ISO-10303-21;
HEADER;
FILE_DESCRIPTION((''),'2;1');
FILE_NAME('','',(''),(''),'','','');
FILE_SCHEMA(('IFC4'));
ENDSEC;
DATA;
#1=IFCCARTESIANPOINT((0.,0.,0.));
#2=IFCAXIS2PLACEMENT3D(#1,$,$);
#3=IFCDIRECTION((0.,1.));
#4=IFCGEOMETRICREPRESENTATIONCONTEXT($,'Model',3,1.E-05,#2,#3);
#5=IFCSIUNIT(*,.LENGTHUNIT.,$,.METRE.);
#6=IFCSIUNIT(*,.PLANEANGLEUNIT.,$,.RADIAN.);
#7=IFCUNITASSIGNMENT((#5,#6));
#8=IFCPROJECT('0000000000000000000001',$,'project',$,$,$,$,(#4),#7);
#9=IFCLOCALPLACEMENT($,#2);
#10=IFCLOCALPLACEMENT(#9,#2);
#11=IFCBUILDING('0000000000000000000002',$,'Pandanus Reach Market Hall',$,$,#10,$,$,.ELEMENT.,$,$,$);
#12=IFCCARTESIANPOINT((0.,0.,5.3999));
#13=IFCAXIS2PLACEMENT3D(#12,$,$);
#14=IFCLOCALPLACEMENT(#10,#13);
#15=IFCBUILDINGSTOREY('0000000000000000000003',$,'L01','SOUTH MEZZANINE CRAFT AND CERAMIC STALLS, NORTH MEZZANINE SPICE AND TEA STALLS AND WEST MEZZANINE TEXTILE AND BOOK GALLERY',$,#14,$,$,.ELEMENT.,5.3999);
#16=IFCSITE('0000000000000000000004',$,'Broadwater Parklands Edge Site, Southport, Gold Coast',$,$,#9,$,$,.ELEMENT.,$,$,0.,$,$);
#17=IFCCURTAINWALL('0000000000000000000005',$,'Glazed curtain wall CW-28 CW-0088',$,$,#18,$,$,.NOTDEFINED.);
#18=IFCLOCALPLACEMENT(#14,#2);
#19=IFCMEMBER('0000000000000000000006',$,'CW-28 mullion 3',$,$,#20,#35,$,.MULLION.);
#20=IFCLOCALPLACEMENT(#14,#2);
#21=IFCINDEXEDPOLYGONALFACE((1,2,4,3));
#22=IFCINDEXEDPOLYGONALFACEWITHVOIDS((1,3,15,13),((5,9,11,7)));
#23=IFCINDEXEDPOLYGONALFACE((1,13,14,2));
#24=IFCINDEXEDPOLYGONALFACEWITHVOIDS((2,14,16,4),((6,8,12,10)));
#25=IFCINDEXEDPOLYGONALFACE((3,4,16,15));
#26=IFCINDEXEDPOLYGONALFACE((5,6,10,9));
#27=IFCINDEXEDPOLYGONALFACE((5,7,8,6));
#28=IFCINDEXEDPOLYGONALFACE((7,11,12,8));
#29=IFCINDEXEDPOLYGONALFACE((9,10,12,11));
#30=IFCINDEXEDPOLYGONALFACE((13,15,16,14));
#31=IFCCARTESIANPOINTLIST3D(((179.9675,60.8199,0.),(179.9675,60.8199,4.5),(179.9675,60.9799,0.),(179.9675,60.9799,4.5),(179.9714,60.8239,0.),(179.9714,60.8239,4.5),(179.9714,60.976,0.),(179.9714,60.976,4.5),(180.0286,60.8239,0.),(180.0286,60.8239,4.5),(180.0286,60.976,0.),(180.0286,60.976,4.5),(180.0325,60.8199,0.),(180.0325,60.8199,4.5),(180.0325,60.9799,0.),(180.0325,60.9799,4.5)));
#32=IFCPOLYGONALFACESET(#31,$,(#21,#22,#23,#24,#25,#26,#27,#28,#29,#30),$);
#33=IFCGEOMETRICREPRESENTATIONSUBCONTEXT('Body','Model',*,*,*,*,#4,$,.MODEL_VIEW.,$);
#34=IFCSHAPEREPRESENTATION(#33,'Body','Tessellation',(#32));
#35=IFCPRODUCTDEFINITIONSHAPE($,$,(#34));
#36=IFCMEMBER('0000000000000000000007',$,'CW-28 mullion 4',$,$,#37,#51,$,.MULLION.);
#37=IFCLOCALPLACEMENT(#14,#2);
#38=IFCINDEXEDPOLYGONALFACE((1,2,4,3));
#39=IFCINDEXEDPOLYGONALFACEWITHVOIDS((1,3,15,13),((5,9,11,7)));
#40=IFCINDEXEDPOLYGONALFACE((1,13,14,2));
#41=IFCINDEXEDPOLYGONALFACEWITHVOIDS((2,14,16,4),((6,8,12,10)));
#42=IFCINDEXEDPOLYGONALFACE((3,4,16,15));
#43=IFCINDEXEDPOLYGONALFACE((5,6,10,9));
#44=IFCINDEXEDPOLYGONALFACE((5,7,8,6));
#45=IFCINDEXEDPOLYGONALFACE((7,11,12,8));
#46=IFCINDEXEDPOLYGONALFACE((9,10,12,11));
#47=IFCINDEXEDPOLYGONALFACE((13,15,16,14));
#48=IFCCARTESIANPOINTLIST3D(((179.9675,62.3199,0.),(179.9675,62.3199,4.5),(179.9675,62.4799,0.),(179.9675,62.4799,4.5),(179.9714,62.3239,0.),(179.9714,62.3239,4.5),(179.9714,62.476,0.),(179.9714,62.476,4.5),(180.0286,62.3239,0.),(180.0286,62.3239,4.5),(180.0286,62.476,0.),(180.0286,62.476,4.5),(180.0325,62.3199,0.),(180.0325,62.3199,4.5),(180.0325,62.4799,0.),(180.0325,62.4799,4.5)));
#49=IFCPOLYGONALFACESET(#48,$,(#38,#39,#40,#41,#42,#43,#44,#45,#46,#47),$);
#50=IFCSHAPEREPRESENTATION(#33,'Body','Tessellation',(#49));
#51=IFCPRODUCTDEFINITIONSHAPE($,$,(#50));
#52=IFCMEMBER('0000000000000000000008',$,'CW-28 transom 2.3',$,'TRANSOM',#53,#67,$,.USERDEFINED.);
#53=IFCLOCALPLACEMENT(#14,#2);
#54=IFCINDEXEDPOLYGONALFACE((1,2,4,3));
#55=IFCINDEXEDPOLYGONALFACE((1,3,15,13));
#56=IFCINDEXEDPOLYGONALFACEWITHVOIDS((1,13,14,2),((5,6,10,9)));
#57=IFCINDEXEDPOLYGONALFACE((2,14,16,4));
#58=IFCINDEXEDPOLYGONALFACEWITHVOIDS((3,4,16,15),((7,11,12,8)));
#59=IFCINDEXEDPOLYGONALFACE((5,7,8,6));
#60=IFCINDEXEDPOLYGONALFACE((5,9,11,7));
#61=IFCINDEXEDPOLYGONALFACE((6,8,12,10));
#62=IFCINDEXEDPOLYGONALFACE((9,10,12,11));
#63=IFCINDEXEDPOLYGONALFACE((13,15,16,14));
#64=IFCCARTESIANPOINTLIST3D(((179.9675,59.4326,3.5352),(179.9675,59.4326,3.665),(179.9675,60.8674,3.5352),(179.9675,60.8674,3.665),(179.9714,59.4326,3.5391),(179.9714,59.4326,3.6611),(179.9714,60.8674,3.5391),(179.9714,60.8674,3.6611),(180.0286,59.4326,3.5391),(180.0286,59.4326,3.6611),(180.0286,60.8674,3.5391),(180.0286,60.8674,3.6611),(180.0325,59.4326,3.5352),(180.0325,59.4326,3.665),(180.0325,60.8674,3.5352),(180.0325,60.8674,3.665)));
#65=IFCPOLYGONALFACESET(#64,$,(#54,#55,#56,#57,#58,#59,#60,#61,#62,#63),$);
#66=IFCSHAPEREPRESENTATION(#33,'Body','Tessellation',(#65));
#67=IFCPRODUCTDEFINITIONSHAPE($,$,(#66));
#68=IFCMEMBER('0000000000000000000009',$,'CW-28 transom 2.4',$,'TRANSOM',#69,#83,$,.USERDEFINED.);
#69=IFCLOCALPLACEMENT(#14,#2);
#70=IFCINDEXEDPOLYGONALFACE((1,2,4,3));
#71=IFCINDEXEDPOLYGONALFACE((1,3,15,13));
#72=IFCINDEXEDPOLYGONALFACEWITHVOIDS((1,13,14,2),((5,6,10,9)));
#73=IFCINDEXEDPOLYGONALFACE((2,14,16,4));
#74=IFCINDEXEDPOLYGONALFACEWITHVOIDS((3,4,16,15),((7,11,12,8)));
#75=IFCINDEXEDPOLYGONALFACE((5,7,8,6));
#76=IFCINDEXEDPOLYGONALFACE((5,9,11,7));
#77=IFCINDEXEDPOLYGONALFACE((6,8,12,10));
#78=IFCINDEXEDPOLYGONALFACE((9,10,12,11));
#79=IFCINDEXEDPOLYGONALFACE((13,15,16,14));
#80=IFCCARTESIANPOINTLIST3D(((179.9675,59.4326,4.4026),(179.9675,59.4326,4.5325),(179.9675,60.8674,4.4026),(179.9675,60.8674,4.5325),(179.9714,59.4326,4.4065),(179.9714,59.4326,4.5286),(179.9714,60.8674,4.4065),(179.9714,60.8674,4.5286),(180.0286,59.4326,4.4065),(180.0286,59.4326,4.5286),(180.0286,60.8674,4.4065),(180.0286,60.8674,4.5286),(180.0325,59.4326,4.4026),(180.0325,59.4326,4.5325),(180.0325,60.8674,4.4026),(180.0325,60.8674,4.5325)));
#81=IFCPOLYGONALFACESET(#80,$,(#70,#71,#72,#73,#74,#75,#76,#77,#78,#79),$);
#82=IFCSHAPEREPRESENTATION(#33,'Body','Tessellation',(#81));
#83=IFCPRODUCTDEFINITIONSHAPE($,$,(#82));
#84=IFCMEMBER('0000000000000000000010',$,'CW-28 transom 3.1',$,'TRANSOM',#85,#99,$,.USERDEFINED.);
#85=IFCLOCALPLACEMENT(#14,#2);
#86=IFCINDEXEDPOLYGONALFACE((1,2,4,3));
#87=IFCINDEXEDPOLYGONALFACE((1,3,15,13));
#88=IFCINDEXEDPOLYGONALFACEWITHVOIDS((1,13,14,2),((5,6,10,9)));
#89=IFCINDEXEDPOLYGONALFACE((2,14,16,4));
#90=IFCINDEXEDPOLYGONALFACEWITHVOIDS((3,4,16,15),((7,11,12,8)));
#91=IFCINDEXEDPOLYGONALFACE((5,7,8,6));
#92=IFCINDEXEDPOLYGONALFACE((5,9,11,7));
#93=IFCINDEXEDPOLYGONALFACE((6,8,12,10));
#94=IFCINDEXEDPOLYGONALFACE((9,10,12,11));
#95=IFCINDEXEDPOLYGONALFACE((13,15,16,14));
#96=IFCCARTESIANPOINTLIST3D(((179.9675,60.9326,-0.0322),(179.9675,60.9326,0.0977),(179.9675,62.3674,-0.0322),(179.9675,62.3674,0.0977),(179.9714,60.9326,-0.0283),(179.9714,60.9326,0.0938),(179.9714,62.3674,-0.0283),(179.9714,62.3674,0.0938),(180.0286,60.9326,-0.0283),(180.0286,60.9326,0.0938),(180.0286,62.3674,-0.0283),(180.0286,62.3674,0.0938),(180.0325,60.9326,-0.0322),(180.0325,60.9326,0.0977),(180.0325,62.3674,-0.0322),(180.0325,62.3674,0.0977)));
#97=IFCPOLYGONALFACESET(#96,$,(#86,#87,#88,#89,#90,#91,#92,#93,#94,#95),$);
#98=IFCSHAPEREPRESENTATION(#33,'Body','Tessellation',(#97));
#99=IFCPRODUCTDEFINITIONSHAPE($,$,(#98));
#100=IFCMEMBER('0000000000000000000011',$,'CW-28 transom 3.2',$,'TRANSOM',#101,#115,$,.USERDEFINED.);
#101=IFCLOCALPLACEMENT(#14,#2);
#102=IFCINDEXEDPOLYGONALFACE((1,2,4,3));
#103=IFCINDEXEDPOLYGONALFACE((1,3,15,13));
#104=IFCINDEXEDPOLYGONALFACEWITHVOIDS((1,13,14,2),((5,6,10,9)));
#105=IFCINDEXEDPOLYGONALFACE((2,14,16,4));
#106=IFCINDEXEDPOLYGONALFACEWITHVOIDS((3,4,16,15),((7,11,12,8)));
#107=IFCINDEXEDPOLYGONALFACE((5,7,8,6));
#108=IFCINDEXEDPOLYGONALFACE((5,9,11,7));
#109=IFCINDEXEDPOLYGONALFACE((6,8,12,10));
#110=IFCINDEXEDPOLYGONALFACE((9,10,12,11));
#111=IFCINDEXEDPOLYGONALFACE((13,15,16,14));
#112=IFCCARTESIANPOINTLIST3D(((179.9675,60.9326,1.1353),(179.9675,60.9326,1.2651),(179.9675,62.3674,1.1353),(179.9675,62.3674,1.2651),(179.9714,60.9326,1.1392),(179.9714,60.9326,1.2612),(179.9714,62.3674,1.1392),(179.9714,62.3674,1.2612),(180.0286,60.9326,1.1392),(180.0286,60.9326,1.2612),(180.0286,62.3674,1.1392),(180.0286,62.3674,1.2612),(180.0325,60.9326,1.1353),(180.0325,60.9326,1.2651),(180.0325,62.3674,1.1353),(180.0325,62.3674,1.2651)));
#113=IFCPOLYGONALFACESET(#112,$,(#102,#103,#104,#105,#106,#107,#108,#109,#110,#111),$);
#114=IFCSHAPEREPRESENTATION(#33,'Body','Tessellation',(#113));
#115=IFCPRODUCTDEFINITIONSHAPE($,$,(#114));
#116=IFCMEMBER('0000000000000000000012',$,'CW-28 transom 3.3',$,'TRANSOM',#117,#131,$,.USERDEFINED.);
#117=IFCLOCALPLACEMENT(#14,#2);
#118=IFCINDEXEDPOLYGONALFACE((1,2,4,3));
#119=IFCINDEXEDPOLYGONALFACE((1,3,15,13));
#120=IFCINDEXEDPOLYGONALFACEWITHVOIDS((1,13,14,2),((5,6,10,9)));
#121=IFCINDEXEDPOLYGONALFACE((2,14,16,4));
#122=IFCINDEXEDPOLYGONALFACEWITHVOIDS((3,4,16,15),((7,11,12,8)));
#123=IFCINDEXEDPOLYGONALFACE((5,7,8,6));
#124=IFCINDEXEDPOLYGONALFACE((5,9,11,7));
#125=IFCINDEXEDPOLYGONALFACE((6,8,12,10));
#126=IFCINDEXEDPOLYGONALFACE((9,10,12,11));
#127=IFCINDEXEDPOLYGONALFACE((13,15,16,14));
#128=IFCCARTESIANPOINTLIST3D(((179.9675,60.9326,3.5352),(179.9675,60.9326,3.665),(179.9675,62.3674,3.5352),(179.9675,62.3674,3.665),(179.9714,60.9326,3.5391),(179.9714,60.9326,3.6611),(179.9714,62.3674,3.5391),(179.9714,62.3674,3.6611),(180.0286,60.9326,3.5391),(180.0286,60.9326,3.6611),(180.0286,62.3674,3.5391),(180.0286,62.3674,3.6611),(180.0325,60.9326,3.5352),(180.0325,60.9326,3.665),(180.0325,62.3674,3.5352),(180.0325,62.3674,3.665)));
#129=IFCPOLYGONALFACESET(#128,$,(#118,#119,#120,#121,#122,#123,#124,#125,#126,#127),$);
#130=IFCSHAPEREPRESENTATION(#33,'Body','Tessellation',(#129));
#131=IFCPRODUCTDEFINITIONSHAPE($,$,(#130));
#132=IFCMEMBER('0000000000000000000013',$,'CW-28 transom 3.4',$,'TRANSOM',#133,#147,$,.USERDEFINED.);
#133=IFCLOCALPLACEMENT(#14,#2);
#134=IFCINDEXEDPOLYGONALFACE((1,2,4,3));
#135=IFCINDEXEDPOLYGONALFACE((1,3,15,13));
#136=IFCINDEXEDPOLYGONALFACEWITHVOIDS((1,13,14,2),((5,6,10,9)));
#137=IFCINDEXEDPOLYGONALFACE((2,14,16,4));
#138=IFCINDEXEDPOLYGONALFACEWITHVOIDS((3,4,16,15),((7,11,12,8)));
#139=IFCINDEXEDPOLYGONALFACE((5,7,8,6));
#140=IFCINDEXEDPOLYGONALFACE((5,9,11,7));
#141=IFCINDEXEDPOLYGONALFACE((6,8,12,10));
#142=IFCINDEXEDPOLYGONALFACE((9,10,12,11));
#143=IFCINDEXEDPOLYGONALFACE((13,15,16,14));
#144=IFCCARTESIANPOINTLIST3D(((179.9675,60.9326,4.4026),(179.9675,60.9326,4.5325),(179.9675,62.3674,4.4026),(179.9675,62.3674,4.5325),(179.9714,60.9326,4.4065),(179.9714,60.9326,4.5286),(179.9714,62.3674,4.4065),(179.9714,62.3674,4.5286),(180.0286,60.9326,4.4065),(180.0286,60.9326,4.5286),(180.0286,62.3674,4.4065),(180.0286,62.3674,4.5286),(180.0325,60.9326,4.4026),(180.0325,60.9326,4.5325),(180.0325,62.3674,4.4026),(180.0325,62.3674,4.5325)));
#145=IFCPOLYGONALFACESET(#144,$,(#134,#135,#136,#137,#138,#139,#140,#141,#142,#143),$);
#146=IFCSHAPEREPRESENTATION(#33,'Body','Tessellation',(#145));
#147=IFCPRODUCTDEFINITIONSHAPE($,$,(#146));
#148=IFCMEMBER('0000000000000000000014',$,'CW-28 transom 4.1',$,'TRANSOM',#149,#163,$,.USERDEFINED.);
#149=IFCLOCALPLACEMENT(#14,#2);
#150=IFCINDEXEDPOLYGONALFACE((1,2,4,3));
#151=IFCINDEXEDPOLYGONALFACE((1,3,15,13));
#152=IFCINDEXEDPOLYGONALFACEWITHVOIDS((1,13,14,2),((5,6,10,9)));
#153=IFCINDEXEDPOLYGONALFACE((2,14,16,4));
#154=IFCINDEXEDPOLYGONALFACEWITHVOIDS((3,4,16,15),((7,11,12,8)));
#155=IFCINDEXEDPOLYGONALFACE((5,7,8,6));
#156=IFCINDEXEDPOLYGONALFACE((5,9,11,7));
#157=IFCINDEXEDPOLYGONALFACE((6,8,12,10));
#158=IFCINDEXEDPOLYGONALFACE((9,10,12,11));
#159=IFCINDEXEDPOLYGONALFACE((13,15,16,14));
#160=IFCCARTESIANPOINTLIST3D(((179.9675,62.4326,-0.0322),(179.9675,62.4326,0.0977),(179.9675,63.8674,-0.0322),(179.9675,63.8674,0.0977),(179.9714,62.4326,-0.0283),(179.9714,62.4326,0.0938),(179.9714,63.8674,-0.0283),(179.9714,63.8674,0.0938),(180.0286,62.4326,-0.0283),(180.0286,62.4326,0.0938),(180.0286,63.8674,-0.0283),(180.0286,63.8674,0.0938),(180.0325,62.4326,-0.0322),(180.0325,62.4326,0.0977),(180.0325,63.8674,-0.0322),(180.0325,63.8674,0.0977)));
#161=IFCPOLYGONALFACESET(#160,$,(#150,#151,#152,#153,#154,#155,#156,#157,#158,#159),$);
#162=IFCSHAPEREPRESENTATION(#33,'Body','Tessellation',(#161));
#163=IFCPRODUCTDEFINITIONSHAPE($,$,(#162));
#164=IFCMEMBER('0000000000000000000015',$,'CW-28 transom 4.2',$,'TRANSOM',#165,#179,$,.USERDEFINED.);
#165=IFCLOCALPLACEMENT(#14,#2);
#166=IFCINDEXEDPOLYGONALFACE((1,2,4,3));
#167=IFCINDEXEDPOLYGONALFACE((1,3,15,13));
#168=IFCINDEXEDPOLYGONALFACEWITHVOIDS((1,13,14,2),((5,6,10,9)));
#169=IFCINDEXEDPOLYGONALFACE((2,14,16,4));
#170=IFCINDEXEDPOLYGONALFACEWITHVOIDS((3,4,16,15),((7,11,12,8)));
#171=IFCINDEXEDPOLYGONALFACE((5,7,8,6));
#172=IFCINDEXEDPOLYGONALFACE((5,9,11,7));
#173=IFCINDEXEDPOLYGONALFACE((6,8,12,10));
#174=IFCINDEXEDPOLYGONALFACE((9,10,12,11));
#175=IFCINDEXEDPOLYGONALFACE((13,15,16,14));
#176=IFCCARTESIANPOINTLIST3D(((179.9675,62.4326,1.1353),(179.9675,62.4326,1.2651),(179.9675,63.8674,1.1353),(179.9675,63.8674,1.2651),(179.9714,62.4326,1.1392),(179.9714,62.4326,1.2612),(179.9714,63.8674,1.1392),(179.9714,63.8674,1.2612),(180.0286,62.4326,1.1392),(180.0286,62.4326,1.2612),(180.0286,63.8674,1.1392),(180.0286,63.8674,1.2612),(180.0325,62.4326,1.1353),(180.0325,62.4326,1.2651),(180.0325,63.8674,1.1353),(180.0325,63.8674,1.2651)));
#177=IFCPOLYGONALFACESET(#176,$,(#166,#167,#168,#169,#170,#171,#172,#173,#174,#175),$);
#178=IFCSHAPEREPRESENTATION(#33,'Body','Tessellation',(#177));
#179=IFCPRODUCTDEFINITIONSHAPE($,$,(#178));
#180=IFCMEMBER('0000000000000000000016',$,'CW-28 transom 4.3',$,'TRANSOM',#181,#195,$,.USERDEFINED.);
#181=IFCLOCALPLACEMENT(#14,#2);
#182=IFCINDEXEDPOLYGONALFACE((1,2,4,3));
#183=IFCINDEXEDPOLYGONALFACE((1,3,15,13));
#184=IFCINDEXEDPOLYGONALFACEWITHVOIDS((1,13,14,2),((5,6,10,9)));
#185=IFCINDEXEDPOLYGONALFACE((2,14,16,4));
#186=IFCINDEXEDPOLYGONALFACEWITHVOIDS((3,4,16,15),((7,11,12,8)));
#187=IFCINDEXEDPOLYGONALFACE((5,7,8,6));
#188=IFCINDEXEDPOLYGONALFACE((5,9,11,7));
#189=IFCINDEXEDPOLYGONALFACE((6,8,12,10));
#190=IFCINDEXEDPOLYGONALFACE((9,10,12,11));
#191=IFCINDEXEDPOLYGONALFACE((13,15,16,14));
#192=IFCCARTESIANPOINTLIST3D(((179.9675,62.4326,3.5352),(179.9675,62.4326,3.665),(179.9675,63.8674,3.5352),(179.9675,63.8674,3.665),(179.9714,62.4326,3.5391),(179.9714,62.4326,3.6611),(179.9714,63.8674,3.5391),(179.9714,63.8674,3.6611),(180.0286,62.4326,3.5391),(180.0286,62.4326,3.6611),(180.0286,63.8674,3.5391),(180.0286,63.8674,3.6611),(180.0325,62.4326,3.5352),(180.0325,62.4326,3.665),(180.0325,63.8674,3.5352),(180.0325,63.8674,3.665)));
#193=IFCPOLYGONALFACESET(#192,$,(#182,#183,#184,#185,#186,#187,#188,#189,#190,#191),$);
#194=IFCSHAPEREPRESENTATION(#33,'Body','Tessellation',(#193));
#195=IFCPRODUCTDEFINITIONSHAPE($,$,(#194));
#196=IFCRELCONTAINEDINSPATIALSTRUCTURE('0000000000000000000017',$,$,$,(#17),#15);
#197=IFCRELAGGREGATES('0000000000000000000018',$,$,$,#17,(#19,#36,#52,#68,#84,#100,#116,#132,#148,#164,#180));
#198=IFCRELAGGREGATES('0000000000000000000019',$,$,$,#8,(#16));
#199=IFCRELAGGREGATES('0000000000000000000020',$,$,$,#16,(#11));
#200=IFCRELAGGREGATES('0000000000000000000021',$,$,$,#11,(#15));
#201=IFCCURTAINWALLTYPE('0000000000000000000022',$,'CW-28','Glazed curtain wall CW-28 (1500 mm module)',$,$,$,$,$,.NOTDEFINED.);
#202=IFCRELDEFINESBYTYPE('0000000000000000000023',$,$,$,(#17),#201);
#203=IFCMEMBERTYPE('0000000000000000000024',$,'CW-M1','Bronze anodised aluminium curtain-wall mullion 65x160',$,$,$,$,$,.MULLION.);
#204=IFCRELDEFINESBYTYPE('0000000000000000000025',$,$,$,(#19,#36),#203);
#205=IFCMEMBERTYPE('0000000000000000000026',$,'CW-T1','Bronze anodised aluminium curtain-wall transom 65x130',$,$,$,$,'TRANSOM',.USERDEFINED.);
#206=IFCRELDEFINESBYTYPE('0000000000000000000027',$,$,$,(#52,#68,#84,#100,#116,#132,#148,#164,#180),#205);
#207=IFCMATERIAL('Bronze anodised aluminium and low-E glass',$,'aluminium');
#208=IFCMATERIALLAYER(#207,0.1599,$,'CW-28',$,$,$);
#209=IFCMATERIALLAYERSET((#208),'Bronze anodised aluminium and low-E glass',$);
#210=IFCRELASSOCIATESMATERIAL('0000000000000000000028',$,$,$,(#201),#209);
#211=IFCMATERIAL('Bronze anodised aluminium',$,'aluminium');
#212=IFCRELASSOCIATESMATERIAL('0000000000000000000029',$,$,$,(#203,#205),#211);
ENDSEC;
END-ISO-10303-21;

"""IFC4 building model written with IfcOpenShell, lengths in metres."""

from ifc_helpers import new_model, si_unit, direction, frame, origin, origin_2d, place, context, subcontext, project, spatial, hollow_rectangle, extrude, material, layer, layer_set, material_profile, profile_set, type_object, element, aggregate, save


model = new_model("IFC4")

# Units and contexts
model_context = context("Model", 3, precision=1e-05, world=origin(), true_north=direction((0.0, 1.0)))
body_context = subcontext(model_context, "Body", "Model", "MODEL_VIEW")
ifc_project = project(units=[si_unit("LENGTHUNIT", "METRE"), si_unit("PLANEANGLEUNIT", "RADIAN")], contexts=[model_context])

# Site, building, storey
site_placement = place(None, origin())
site = spatial("IfcSite", under=ifc_project, at=site_placement, Name="Broadwater Parklands Edge Site, Southport, Gold Coast", CompositionType="ELEMENT", RefElevation=0.0)
building_placement = place(site_placement, origin())
building = spatial("IfcBuilding", under=site, at=building_placement, Name="Pandanus Reach Market Hall", CompositionType="ELEMENT")
storey_placement = place(building_placement, frame((0.0, 0.0, 5.3999)))
storey = spatial("IfcBuildingStorey", under=building, at=storey_placement, Name="L01", Description="SOUTH MEZZANINE CRAFT AND CERAMIC STALLS, NORTH MEZZANINE SPICE AND TEA STALLS AND WEST MEZZANINE TEXTILE AND BOOK GALLERY", CompositionType="ELEMENT", Elevation=5.3999)

# Curtain wall, members
ifc_material_1 = material(Name="Bronze anodised aluminium and low-E glass", Category="aluminium")
ifc_layer_1 = layer(ifc_material_1, 0.1599, Name="CW-28")
ifc_layer_set_1 = layer_set([ifc_layer_1], Name="Bronze anodised aluminium and low-E glass")
curtain_wall_type = type_object("IfcCurtainWallType", Name="CW-28", Description="Glazed curtain wall CW-28 (1500 mm module)", PredefinedType="NOTDEFINED", material=ifc_layer_set_1)
curtain_wall_placement = place(storey_placement, origin())
curtain_wall = element("IfcCurtainWall", 1, at=curtain_wall_placement, inside=storey, type_object=curtain_wall_type, Name="Glazed curtain wall CW-28 CW-0088", PredefinedType="NOTDEFINED")
ifc_material_2 = material(Name="Bronze anodised aluminium", Category="aluminium")
ifc_material_profile_1 = material_profile(ifc_material_2, hollow_rectangle(XDim=0.0649, YDim=0.1599, WallThickness=0.0039, at=origin_2d()), Name="ALU65x160", Category="LoadBearing")
ifc_profile_set_1 = profile_set([ifc_material_profile_1], Name="Bronze anodised aluminium")
member_type_1 = type_object("IfcMemberType", Name="CW-M1", Description="Bronze anodised aluminium curtain-wall mullion 65x160", PredefinedType="MULLION", material=ifc_profile_set_1)
member_1_placement = place(storey_placement, frame((180.0, 60.8999, 0.0), z_axis=(0.0, 0.0, 1.0), x_axis=(-1.0, 0.0, 0.0)))
member_1 = element("IfcMember", 2, at=member_1_placement, type_object=member_type_1, Name="CW-28 mullion 3", PredefinedType="MULLION", context=body_context, shape_type="SweptSolid", body=[
    extrude(hollow_rectangle(XDim=0.0649, YDim=0.1599, WallThickness=0.0039, at=origin_2d()), origin(), (0.0, 0.0, 1.0), 4.5),
])
member_2_placement = place(storey_placement, frame((180.0, 62.3999, 0.0), z_axis=(0.0, 0.0, 1.0), x_axis=(-1.0, 0.0, 0.0)))
member_2 = element("IfcMember", 3, at=member_2_placement, type_object=member_type_1, Name="CW-28 mullion 4", PredefinedType="MULLION", context=body_context, shape_type="SweptSolid", body=[
    extrude(hollow_rectangle(XDim=0.0649, YDim=0.1599, WallThickness=0.0039, at=origin_2d()), origin(), (0.0, 0.0, 1.0), 4.5),
])
ifc_material_profile_2 = material_profile(ifc_material_2, hollow_rectangle(XDim=0.0649, YDim=0.1299, WallThickness=0.0039, at=origin_2d()), Name="ALU65x130", Category="LoadBearing")
ifc_profile_set_2 = profile_set([ifc_material_profile_2], Name="Bronze anodised aluminium")
member_type_2 = type_object("IfcMemberType", Name="CW-T1", Description="Bronze anodised aluminium curtain-wall transom 65x130", ElementType="TRANSOM", PredefinedType="USERDEFINED", material=ifc_profile_set_2)
member_3_placement = place(storey_placement, frame((180.0, 59.4326, 3.6001), z_axis=(0.0, 1.0, 0.0), x_axis=(-1.0, 0.0, 0.0)))
member_3 = element("IfcMember", 4, at=member_3_placement, type_object=member_type_2, Name="CW-28 transom 2.3", ObjectType="TRANSOM", PredefinedType="USERDEFINED", context=body_context, shape_type="SweptSolid", body=[
    extrude(hollow_rectangle(XDim=0.0649, YDim=0.1299, WallThickness=0.0039, at=origin_2d()), origin(), (0.0, 0.0, 1.0), 1.4348),
])
member_4_placement = place(storey_placement, frame((180.0, 59.4326, 4.4675), z_axis=(0.0, 1.0, 0.0), x_axis=(-1.0, 0.0, 0.0)))
member_4 = element("IfcMember", 5, at=member_4_placement, type_object=member_type_2, Name="CW-28 transom 2.4", ObjectType="TRANSOM", PredefinedType="USERDEFINED", context=body_context, shape_type="SweptSolid", body=[
    extrude(hollow_rectangle(XDim=0.0649, YDim=0.1299, WallThickness=0.0039, at=origin_2d()), origin(), (0.0, 0.0, 1.0), 1.4348),
])
member_5_placement = place(storey_placement, frame((180.0, 60.9326, 0.0327), z_axis=(0.0, 1.0, 0.0), x_axis=(-1.0, 0.0, 0.0)))
member_5 = element("IfcMember", 6, at=member_5_placement, type_object=member_type_2, Name="CW-28 transom 3.1", ObjectType="TRANSOM", PredefinedType="USERDEFINED", context=body_context, shape_type="SweptSolid", body=[
    extrude(hollow_rectangle(XDim=0.0649, YDim=0.1299, WallThickness=0.0039, at=origin_2d()), origin(), (0.0, 0.0, 1.0), 1.4348),
])
member_6_placement = place(storey_placement, frame((180.0, 60.9326, 1.2002), z_axis=(0.0, 1.0, 0.0), x_axis=(-1.0, 0.0, 0.0)))
member_6 = element("IfcMember", 7, at=member_6_placement, type_object=member_type_2, Name="CW-28 transom 3.2", ObjectType="TRANSOM", PredefinedType="USERDEFINED", context=body_context, shape_type="SweptSolid", body=[
    extrude(hollow_rectangle(XDim=0.0649, YDim=0.1299, WallThickness=0.0039, at=origin_2d()), origin(), (0.0, 0.0, 1.0), 1.4348),
])
member_7_placement = place(storey_placement, frame((180.0, 60.9326, 3.6001), z_axis=(0.0, 1.0, 0.0), x_axis=(-1.0, 0.0, 0.0)))
member_7 = element("IfcMember", 8, at=member_7_placement, type_object=member_type_2, Name="CW-28 transom 3.3", ObjectType="TRANSOM", PredefinedType="USERDEFINED", context=body_context, shape_type="SweptSolid", body=[
    extrude(hollow_rectangle(XDim=0.0649, YDim=0.1299, WallThickness=0.0039, at=origin_2d()), origin(), (0.0, 0.0, 1.0), 1.4348),
])
member_8_placement = place(storey_placement, frame((180.0, 60.9326, 4.4675), z_axis=(0.0, 1.0, 0.0), x_axis=(-1.0, 0.0, 0.0)))
member_8 = element("IfcMember", 9, at=member_8_placement, type_object=member_type_2, Name="CW-28 transom 3.4", ObjectType="TRANSOM", PredefinedType="USERDEFINED", context=body_context, shape_type="SweptSolid", body=[
    extrude(hollow_rectangle(XDim=0.0649, YDim=0.1299, WallThickness=0.0039, at=origin_2d()), origin(), (0.0, 0.0, 1.0), 1.4348),
])
member_9_placement = place(storey_placement, frame((180.0, 62.4326, 0.0327), z_axis=(0.0, 1.0, 0.0), x_axis=(-1.0, 0.0, 0.0)))
member_9 = element("IfcMember", 10, at=member_9_placement, type_object=member_type_2, Name="CW-28 transom 4.1", ObjectType="TRANSOM", PredefinedType="USERDEFINED", context=body_context, shape_type="SweptSolid", body=[
    extrude(hollow_rectangle(XDim=0.0649, YDim=0.1299, WallThickness=0.0039, at=origin_2d()), origin(), (0.0, 0.0, 1.0), 1.4348),
])
member_10_placement = place(storey_placement, frame((180.0, 62.4326, 1.2002), z_axis=(0.0, 1.0, 0.0), x_axis=(-1.0, 0.0, 0.0)))
member_10 = element("IfcMember", 11, at=member_10_placement, type_object=member_type_2, Name="CW-28 transom 4.2", ObjectType="TRANSOM", PredefinedType="USERDEFINED", context=body_context, shape_type="SweptSolid", body=[
    extrude(hollow_rectangle(XDim=0.0649, YDim=0.1299, WallThickness=0.0039, at=origin_2d()), origin(), (0.0, 0.0, 1.0), 1.4348),
])
member_11_placement = place(storey_placement, frame((180.0, 62.4326, 3.6001), z_axis=(0.0, 1.0, 0.0), x_axis=(-1.0, 0.0, 0.0)))
member_11 = element("IfcMember", 12, at=member_11_placement, type_object=member_type_2, Name="CW-28 transom 4.3", ObjectType="TRANSOM", PredefinedType="USERDEFINED", context=body_context, shape_type="SweptSolid", body=[
    extrude(hollow_rectangle(XDim=0.0649, YDim=0.1299, WallThickness=0.0039, at=origin_2d()), origin(), (0.0, 0.0, 1.0), 1.4348),
])
aggregate(curtain_wall, [member_1, member_2, member_3, member_4, member_5, member_6, member_7, member_8, member_9, member_10, member_11])

save(model, "model.ifc")
